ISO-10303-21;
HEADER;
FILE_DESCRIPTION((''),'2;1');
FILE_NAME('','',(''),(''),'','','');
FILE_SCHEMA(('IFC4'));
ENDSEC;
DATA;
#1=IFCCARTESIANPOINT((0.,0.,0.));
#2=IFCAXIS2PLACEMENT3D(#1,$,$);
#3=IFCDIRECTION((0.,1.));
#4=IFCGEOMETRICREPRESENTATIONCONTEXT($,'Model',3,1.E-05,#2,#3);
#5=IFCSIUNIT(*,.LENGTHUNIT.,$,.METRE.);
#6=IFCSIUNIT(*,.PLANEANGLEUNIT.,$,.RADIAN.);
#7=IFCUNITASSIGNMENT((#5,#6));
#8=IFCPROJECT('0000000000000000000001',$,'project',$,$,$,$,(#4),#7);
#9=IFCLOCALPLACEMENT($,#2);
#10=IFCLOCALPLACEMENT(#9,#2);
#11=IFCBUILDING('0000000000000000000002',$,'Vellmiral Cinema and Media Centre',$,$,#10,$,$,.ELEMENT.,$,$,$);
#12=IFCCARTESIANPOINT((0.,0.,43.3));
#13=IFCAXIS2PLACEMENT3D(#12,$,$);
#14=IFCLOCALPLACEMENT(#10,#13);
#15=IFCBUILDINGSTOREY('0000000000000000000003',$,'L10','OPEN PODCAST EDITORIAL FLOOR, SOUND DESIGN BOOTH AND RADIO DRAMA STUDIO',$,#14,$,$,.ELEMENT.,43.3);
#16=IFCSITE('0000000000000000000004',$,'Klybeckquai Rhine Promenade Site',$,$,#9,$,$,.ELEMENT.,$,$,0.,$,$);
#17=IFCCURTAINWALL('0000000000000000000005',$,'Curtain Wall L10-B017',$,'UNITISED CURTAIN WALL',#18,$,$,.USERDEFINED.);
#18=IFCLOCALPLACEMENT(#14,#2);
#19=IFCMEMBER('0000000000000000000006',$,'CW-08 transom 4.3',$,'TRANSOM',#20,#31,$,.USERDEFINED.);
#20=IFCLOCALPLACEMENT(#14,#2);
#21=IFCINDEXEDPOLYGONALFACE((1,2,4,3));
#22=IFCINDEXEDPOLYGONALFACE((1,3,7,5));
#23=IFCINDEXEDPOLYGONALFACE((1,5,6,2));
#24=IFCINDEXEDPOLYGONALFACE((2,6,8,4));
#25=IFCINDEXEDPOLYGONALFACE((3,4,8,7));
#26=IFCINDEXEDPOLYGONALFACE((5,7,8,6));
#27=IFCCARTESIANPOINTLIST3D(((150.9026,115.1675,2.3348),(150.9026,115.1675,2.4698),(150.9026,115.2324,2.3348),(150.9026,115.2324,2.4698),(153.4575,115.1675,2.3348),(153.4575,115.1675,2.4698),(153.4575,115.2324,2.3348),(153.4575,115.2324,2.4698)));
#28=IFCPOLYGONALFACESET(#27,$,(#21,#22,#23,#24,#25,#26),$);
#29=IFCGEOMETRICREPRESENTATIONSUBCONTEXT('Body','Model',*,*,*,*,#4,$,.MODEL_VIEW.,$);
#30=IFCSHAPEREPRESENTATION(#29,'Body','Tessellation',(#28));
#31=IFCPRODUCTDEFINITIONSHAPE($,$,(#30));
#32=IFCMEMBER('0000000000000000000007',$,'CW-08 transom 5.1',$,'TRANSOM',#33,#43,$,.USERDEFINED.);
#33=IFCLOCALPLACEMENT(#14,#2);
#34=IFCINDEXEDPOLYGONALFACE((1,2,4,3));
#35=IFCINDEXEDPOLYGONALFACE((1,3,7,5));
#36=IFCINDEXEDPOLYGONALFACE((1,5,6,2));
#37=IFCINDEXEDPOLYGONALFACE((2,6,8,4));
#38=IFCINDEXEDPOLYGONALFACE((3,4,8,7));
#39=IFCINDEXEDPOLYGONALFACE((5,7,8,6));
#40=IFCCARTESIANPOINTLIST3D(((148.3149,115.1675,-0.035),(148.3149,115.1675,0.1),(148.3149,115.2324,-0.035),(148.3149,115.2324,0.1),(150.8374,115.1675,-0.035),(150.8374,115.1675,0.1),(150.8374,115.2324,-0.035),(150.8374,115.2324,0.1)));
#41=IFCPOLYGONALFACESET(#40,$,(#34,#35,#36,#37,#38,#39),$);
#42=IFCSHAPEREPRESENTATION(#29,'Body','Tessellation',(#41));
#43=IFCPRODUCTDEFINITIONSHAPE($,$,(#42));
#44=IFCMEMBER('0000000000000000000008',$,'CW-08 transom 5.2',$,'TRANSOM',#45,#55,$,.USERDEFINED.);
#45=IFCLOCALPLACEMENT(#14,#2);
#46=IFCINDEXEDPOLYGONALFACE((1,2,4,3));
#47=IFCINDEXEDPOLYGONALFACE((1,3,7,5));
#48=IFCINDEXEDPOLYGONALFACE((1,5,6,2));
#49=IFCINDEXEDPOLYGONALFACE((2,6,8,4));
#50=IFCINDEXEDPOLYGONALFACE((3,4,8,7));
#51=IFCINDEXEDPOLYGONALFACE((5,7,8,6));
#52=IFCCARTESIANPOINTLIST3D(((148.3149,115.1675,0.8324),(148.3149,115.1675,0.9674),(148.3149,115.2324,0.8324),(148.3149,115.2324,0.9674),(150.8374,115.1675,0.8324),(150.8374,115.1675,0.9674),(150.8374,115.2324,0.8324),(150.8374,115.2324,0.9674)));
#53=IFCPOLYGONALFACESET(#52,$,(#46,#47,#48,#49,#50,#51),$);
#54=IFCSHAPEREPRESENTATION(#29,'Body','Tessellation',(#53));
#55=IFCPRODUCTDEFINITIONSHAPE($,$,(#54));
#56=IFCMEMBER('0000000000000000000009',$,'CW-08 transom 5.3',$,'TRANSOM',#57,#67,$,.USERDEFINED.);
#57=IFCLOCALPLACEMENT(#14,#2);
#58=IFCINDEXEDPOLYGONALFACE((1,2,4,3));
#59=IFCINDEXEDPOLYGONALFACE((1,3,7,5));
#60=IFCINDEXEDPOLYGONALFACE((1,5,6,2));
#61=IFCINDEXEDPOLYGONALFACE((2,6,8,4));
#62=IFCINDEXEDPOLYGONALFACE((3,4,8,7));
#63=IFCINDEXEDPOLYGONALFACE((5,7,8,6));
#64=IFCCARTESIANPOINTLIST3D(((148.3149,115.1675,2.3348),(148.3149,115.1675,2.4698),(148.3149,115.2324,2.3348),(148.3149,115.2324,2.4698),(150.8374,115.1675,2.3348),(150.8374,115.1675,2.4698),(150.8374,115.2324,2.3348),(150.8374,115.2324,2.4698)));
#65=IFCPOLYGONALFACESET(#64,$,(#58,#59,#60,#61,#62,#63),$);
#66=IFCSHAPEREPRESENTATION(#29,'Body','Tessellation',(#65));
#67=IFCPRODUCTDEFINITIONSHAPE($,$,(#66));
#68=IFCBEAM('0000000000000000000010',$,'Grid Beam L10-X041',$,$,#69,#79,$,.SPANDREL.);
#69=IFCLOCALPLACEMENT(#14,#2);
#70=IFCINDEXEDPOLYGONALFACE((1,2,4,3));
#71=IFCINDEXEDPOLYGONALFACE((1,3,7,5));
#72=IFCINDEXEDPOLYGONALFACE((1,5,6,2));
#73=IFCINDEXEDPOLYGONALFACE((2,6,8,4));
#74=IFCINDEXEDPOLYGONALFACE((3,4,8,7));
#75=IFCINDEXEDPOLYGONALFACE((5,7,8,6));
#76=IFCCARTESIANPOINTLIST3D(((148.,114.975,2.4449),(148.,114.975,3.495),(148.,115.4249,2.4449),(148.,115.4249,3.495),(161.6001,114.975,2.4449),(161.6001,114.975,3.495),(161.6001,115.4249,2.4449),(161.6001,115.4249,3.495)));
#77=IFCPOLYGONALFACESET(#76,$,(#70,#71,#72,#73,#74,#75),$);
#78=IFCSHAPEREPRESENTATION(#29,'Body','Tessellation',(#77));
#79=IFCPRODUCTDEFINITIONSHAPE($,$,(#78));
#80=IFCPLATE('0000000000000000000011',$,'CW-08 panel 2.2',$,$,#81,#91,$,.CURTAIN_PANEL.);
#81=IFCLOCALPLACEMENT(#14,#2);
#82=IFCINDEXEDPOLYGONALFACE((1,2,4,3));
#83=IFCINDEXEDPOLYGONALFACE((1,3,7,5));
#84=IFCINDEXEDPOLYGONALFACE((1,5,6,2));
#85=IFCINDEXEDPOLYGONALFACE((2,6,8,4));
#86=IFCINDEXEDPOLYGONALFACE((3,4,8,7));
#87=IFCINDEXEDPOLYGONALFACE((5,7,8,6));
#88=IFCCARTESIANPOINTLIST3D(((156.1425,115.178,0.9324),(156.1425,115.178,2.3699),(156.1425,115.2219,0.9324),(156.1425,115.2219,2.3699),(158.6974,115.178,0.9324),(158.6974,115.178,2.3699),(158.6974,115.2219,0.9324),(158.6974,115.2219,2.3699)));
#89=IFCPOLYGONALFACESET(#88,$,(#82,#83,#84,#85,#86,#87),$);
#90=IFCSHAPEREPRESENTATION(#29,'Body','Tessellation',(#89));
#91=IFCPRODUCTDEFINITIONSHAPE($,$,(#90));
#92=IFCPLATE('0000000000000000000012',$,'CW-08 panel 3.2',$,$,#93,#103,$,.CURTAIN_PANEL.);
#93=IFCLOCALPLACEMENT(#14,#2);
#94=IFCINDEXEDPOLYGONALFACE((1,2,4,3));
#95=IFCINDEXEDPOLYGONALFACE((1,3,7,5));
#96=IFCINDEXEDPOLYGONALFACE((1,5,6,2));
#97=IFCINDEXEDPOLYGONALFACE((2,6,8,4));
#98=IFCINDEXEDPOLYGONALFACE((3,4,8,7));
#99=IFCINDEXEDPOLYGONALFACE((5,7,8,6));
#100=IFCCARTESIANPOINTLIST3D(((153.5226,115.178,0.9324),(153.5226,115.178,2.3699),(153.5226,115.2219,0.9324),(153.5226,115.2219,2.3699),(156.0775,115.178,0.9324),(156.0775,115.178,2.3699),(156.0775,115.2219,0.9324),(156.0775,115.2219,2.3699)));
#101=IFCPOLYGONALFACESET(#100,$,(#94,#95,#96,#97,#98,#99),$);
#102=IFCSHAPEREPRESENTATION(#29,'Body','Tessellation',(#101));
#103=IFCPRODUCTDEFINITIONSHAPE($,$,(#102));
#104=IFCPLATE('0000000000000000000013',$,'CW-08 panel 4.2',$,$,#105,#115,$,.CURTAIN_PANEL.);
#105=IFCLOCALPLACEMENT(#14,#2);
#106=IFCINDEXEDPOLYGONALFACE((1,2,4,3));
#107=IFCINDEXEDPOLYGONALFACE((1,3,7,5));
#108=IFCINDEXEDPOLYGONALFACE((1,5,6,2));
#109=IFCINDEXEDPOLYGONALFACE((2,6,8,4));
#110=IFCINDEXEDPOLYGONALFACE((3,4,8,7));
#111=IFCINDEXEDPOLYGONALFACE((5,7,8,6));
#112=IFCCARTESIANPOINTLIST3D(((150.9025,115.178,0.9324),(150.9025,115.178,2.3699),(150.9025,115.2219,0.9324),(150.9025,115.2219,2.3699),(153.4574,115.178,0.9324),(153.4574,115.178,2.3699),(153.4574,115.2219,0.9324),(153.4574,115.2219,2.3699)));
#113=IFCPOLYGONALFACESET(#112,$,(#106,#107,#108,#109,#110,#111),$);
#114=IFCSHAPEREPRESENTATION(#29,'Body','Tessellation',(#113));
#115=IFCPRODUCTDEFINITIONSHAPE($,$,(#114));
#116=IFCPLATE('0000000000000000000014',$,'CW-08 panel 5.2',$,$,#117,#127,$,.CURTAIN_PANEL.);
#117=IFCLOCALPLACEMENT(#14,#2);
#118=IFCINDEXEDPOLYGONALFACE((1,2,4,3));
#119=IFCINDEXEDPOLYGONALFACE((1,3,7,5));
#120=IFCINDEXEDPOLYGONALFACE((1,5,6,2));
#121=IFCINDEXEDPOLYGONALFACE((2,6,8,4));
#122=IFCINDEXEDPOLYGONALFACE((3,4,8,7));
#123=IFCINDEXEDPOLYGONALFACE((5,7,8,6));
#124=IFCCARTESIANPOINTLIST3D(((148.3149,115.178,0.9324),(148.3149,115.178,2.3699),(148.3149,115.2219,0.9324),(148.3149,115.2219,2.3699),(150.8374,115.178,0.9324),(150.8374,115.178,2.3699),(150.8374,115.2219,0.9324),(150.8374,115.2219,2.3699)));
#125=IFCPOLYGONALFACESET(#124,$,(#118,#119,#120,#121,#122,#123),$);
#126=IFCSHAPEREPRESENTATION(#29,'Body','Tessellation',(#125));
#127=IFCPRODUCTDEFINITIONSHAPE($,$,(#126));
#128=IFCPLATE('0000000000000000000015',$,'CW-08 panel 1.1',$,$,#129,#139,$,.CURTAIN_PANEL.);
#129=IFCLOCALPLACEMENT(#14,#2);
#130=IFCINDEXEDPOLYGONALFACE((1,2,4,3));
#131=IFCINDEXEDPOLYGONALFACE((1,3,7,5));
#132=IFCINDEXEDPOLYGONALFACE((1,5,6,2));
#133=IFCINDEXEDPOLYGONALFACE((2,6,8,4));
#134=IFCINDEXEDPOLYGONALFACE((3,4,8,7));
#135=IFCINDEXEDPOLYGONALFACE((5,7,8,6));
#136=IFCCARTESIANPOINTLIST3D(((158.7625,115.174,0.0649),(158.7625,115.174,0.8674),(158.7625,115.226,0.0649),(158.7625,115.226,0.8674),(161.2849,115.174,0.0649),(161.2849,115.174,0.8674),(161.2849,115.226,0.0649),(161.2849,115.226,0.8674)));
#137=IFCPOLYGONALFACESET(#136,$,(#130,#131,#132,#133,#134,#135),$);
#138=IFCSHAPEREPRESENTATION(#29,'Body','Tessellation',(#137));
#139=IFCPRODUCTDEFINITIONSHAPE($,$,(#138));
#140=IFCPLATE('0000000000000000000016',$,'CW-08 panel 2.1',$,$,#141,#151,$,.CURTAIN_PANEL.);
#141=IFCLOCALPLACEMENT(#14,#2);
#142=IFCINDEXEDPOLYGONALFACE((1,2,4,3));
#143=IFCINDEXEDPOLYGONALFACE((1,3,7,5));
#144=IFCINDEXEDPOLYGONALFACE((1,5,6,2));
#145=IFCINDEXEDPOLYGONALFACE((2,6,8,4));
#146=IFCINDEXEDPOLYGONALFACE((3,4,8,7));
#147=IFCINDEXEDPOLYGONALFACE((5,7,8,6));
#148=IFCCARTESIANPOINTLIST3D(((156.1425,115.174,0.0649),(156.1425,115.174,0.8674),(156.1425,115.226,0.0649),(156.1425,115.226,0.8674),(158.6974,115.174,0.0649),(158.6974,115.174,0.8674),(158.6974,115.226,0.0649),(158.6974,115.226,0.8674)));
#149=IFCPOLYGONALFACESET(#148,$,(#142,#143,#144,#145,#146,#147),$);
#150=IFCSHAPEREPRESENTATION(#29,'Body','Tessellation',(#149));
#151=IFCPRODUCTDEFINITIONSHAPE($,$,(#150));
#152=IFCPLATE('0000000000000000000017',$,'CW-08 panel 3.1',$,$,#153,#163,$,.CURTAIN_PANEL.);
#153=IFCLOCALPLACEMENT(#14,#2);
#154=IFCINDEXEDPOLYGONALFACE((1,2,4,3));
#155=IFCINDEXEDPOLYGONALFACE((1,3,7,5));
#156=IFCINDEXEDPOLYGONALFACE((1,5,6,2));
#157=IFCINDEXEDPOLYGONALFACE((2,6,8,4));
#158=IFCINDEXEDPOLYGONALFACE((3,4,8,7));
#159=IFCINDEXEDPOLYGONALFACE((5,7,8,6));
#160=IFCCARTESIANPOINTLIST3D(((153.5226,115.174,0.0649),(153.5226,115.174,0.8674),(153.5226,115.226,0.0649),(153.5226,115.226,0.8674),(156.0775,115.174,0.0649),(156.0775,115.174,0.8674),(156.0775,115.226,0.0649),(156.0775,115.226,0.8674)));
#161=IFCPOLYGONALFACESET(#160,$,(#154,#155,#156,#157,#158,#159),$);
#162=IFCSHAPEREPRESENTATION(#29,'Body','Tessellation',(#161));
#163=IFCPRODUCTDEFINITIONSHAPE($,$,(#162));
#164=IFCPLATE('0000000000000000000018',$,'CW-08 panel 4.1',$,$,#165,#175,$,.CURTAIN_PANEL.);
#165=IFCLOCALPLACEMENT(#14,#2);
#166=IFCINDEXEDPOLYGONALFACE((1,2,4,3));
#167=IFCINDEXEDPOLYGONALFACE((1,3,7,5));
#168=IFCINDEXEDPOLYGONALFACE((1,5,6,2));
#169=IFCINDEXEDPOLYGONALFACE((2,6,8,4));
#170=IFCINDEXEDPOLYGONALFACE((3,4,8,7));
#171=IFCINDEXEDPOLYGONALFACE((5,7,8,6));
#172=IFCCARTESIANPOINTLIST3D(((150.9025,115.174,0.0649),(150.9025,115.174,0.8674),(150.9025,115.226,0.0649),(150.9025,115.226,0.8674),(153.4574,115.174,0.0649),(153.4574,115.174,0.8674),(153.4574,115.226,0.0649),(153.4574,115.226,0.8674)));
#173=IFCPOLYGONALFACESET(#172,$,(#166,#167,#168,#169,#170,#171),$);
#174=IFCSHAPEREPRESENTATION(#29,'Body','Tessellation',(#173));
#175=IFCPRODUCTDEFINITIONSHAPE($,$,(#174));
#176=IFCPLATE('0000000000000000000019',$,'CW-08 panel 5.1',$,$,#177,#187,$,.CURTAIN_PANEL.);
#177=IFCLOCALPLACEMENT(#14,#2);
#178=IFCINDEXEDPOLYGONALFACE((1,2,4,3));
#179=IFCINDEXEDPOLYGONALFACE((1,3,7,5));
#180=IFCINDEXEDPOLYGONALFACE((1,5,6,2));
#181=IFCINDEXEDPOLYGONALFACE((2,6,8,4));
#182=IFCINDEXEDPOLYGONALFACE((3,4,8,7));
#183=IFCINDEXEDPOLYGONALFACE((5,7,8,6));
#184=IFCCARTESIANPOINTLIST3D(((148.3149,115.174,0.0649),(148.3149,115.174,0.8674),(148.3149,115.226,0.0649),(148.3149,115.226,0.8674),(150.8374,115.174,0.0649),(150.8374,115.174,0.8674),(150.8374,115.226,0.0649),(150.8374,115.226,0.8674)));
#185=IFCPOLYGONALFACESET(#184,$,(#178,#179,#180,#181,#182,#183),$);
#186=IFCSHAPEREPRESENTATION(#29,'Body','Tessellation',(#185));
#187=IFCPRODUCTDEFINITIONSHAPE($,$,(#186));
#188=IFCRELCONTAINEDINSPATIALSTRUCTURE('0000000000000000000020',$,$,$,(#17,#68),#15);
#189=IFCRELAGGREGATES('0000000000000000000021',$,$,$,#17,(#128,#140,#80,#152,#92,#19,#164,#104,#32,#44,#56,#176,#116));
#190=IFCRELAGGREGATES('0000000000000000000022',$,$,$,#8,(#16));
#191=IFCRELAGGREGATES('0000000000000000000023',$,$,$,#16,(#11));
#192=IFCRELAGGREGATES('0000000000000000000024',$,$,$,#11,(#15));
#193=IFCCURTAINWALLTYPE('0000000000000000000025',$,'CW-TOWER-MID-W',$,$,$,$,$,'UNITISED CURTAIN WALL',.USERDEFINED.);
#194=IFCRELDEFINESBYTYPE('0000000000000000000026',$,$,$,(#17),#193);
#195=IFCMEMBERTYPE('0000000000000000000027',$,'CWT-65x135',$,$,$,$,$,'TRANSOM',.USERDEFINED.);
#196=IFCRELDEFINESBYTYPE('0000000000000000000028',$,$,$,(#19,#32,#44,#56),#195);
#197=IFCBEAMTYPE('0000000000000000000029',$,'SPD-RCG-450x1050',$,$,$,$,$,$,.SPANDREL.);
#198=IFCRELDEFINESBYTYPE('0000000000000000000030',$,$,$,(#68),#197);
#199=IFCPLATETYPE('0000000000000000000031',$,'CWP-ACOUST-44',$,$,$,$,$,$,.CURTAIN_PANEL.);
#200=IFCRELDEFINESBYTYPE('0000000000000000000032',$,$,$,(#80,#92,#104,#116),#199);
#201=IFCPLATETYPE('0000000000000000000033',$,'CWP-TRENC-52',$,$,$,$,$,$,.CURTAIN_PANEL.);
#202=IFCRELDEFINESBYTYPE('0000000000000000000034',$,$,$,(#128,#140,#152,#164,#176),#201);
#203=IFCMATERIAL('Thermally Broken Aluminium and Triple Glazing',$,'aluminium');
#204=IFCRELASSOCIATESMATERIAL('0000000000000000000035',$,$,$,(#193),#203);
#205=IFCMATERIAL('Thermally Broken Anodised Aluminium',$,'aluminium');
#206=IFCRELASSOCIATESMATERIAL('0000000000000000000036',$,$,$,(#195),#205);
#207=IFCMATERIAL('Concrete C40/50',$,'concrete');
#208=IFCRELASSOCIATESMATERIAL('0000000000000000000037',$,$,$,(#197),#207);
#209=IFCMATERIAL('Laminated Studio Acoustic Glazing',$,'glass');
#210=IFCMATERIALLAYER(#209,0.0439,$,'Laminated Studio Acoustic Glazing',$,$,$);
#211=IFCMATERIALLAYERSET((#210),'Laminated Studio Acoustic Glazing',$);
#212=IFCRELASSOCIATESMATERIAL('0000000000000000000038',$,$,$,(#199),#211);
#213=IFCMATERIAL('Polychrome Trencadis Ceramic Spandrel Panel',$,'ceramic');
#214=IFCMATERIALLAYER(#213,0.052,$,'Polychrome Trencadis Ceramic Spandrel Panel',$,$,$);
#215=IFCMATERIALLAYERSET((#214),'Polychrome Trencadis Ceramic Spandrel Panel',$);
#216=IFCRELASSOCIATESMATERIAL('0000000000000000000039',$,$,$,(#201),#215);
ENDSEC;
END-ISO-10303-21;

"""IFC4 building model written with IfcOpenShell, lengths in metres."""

from ifc_helpers import new_model, si_unit, direction, frame, origin, origin_2d, place, context, subcontext, project, spatial, rectangle, extrude, material, layer, layer_set, material_profile, profile_set, type_object, element, aggregate, save


model = new_model("IFC4")

# Units and contexts
model_context = context("Model", 3, precision=1e-05, world=origin(), true_north=direction((0.0, 1.0)))
body_context = subcontext(model_context, "Body", "Model", "MODEL_VIEW")
ifc_project = project(units=[si_unit("LENGTHUNIT", "METRE"), si_unit("PLANEANGLEUNIT", "RADIAN")], contexts=[model_context])

# Site, building, storey
site_placement = place(None, origin())
site = spatial("IfcSite", under=ifc_project, at=site_placement, Name="Klybeckquai Rhine Promenade Site", CompositionType="ELEMENT", RefElevation=0.0)
building_placement = place(site_placement, origin())
building = spatial("IfcBuilding", under=site, at=building_placement, Name="Vellmiral Cinema and Media Centre", CompositionType="ELEMENT")
storey_placement = place(building_placement, frame((0.0, 0.0, 43.3)))
storey = spatial("IfcBuildingStorey", under=building, at=storey_placement, Name="L10", Description="OPEN PODCAST EDITORIAL FLOOR, SOUND DESIGN BOOTH AND RADIO DRAMA STUDIO", CompositionType="ELEMENT", Elevation=43.3)

# Curtain wall, members
ifc_material_1 = material(Name="Thermally Broken Aluminium and Triple Glazing", Category="aluminium")
curtain_wall_type = type_object("IfcCurtainWallType", Name="CW-TOWER-MID-W", ElementType="UNITISED CURTAIN WALL", PredefinedType="USERDEFINED", material=ifc_material_1)
curtain_wall_placement = place(storey_placement, origin())
curtain_wall = element("IfcCurtainWall", 1, at=curtain_wall_placement, inside=storey, type_object=curtain_wall_type, Name="Curtain Wall L10-B017", ObjectType="UNITISED CURTAIN WALL", PredefinedType="USERDEFINED")
ifc_material_2 = material(Name="Thermally Broken Anodised Aluminium", Category="aluminium")
ifc_material_profile_1 = material_profile(ifc_material_2, rectangle(XDim=0.0649, YDim=0.135, at=origin_2d()), Name="MULL 65x135")
ifc_profile_set_1 = profile_set([ifc_material_profile_1], Name="Thermally Broken Anodised Aluminium")
member_type_1 = type_object("IfcMemberType", Name="CWT-65x135", ElementType="TRANSOM", PredefinedType="USERDEFINED", material=ifc_profile_set_1)
member_1_placement = place(storey_placement, frame((153.4575, 115.2, 2.4023), z_axis=(-1.0, 0.0, 0.0), x_axis=(0.0, -1.0, 0.0)))
member_1 = element("IfcMember", 2, at=member_1_placement, type_object=member_type_1, Name="CW-08 transom 4.3", ObjectType="TRANSOM", PredefinedType="USERDEFINED", context=body_context, shape_type="SweptSolid", body=[
    extrude(rectangle(XDim=0.0649, YDim=0.135, at=origin_2d()), origin(), (0.0, 0.0, 1.0), 2.5549),
])
member_2_placement = place(storey_placement, frame((150.8374, 115.2, 0.0325), z_axis=(-1.0, 0.0, 0.0), x_axis=(0.0, -1.0, 0.0)))
member_2 = element("IfcMember", 3, at=member_2_placement, type_object=member_type_1, Name="CW-08 transom 5.1", ObjectType="TRANSOM", PredefinedType="USERDEFINED", context=body_context, shape_type="SweptSolid", body=[
    extrude(rectangle(XDim=0.0649, YDim=0.135, at=origin_2d()), origin(), (0.0, 0.0, 1.0), 2.5225),
])
member_3_placement = place(storey_placement, frame((150.8374, 115.2, 0.8999), z_axis=(-1.0, 0.0, 0.0), x_axis=(0.0, -1.0, 0.0)))
member_3 = element("IfcMember", 4, at=member_3_placement, type_object=member_type_1, Name="CW-08 transom 5.2", ObjectType="TRANSOM", PredefinedType="USERDEFINED", context=body_context, shape_type="SweptSolid", body=[
    extrude(rectangle(XDim=0.0649, YDim=0.135, at=origin_2d()), origin(), (0.0, 0.0, 1.0), 2.5225),
])
member_4_placement = place(storey_placement, frame((150.8374, 115.2, 2.4023), z_axis=(-1.0, 0.0, 0.0), x_axis=(0.0, -1.0, 0.0)))
member_4 = element("IfcMember", 5, at=member_4_placement, type_object=member_type_1, Name="CW-08 transom 5.3", ObjectType="TRANSOM", PredefinedType="USERDEFINED", context=body_context, shape_type="SweptSolid", body=[
    extrude(rectangle(XDim=0.0649, YDim=0.135, at=origin_2d()), origin(), (0.0, 0.0, 1.0), 2.5225),
])

# Beam
ifc_material_3 = material(Name="Concrete C40/50", Category="concrete")
ifc_material_profile_2 = material_profile(ifc_material_3, rectangle(XDim=0.45, YDim=1.05, at=origin_2d()), Name="RC 450x1050")
ifc_profile_set_2 = profile_set([ifc_material_profile_2], Name="Concrete C40/50")
beam_type = type_object("IfcBeamType", Name="SPD-RCG-450x1050", PredefinedType="SPANDREL", material=ifc_profile_set_2)
beam_placement = place(storey_placement, frame((148.0, 115.2, 2.97), z_axis=(1.0, 0.0, 0.0), x_axis=(0.0, 1.0, 0.0)))
element("IfcBeam", 6, at=beam_placement, inside=storey, type_object=beam_type, Name="Grid Beam L10-X041", PredefinedType="SPANDREL", context=body_context, shape_type="SweptSolid", body=[
    extrude(rectangle(XDim=0.45, YDim=1.05, at=origin_2d()), origin(), (0.0, 0.0, 1.0), 13.6001),
])

# Plates
ifc_material_4 = material(Name="Laminated Studio Acoustic Glazing", Category="glass")
ifc_layer_1 = layer(ifc_material_4, 0.0439, Name="Laminated Studio Acoustic Glazing")
ifc_layer_set_1 = layer_set([ifc_layer_1], Name="Laminated Studio Acoustic Glazing")
plate_type_1 = type_object("IfcPlateType", Name="CWP-ACOUST-44", PredefinedType="CURTAIN_PANEL", material=ifc_layer_set_1)
plate_1_placement = place(storey_placement, frame((157.4199, 115.2, 0.9324), z_axis=(0.0, 0.0, 1.0), x_axis=(-1.0, 0.0, 0.0)))
plate_1 = element("IfcPlate", 7, at=plate_1_placement, type_object=plate_type_1, Name="CW-08 panel 2.2", PredefinedType="CURTAIN_PANEL", context=body_context, shape_type="SweptSolid", body=[
    extrude(rectangle(XDim=2.5549, YDim=0.0439, at=origin_2d()), origin(), (0.0, 0.0, 1.0), 1.4375),
])
plate_2_placement = place(storey_placement, frame((154.8, 115.2, 0.9324), z_axis=(0.0, 0.0, 1.0), x_axis=(-1.0, 0.0, 0.0)))
plate_2 = element("IfcPlate", 8, at=plate_2_placement, type_object=plate_type_1, Name="CW-08 panel 3.2", PredefinedType="CURTAIN_PANEL", context=body_context, shape_type="SweptSolid", body=[
    extrude(rectangle(XDim=2.5549, YDim=0.0439, at=origin_2d()), origin(), (0.0, 0.0, 1.0), 1.4375),
])
plate_3_placement = place(storey_placement, frame((152.1799, 115.2, 0.9324), z_axis=(0.0, 0.0, 1.0), x_axis=(-1.0, 0.0, 0.0)))
plate_3 = element("IfcPlate", 9, at=plate_3_placement, type_object=plate_type_1, Name="CW-08 panel 4.2", PredefinedType="CURTAIN_PANEL", context=body_context, shape_type="SweptSolid", body=[
    extrude(rectangle(XDim=2.5549, YDim=0.0439, at=origin_2d()), origin(), (0.0, 0.0, 1.0), 1.4375),
])
plate_4_placement = place(storey_placement, frame((149.5762, 115.2, 0.9324), z_axis=(0.0, 0.0, 1.0), x_axis=(-1.0, 0.0, 0.0)))
plate_4 = element("IfcPlate", 10, at=plate_4_placement, type_object=plate_type_1, Name="CW-08 panel 5.2", PredefinedType="CURTAIN_PANEL", context=body_context, shape_type="SweptSolid", body=[
    extrude(rectangle(XDim=2.5225, YDim=0.0439, at=origin_2d()), origin(), (0.0, 0.0, 1.0), 1.4375),
])
ifc_material_5 = material(Name="Polychrome Trencadis Ceramic Spandrel Panel", Category="ceramic")
ifc_layer_2 = layer(ifc_material_5, 0.052, Name="Polychrome Trencadis Ceramic Spandrel Panel")
ifc_layer_set_2 = layer_set([ifc_layer_2], Name="Polychrome Trencadis Ceramic Spandrel Panel")
plate_type_2 = type_object("IfcPlateType", Name="CWP-TRENC-52", PredefinedType="CURTAIN_PANEL", material=ifc_layer_set_2)
plate_5_placement = place(storey_placement, frame((160.0237, 115.2, 0.0649), z_axis=(0.0, 0.0, 1.0), x_axis=(-1.0, 0.0, 0.0)))
plate_5 = element("IfcPlate", 11, at=plate_5_placement, type_object=plate_type_2, Name="CW-08 panel 1.1", PredefinedType="CURTAIN_PANEL", context=body_context, shape_type="SweptSolid", body=[
    extrude(rectangle(XDim=2.5225, YDim=0.052, at=origin_2d()), origin(), (0.0, 0.0, 1.0), 0.8025),
])
plate_6_placement = place(storey_placement, frame((157.4199, 115.2, 0.0649), z_axis=(0.0, 0.0, 1.0), x_axis=(-1.0, 0.0, 0.0)))
plate_6 = element("IfcPlate", 12, at=plate_6_placement, type_object=plate_type_2, Name="CW-08 panel 2.1", PredefinedType="CURTAIN_PANEL", context=body_context, shape_type="SweptSolid", body=[
    extrude(rectangle(XDim=2.5549, YDim=0.052, at=origin_2d()), origin(), (0.0, 0.0, 1.0), 0.8025),
])
plate_7_placement = place(storey_placement, frame((154.8, 115.2, 0.0649), z_axis=(0.0, 0.0, 1.0), x_axis=(-1.0, 0.0, 0.0)))
plate_7 = element("IfcPlate", 13, at=plate_7_placement, type_object=plate_type_2, Name="CW-08 panel 3.1", PredefinedType="CURTAIN_PANEL", context=body_context, shape_type="SweptSolid", body=[
    extrude(rectangle(XDim=2.5549, YDim=0.052, at=origin_2d()), origin(), (0.0, 0.0, 1.0), 0.8025),
])
plate_8_placement = place(storey_placement, frame((152.1799, 115.2, 0.0649), z_axis=(0.0, 0.0, 1.0), x_axis=(-1.0, 0.0, 0.0)))
plate_8 = element("IfcPlate", 14, at=plate_8_placement, type_object=plate_type_2, Name="CW-08 panel 4.1", PredefinedType="CURTAIN_PANEL", context=body_context, shape_type="SweptSolid", body=[
    extrude(rectangle(XDim=2.5549, YDim=0.052, at=origin_2d()), origin(), (0.0, 0.0, 1.0), 0.8025),
])
plate_9_placement = place(storey_placement, frame((149.5762, 115.2, 0.0649), z_axis=(0.0, 0.0, 1.0), x_axis=(-1.0, 0.0, 0.0)))
plate_9 = element("IfcPlate", 15, at=plate_9_placement, type_object=plate_type_2, Name="CW-08 panel 5.1", PredefinedType="CURTAIN_PANEL", context=body_context, shape_type="SweptSolid", body=[
    extrude(rectangle(XDim=2.5225, YDim=0.052, at=origin_2d()), origin(), (0.0, 0.0, 1.0), 0.8025),
])
aggregate(curtain_wall, [plate_5, plate_6, plate_1, plate_7, plate_2, member_1, plate_8, plate_3, member_2, member_3, member_4, plate_9, plate_4])

save(model, "model.ifc")
